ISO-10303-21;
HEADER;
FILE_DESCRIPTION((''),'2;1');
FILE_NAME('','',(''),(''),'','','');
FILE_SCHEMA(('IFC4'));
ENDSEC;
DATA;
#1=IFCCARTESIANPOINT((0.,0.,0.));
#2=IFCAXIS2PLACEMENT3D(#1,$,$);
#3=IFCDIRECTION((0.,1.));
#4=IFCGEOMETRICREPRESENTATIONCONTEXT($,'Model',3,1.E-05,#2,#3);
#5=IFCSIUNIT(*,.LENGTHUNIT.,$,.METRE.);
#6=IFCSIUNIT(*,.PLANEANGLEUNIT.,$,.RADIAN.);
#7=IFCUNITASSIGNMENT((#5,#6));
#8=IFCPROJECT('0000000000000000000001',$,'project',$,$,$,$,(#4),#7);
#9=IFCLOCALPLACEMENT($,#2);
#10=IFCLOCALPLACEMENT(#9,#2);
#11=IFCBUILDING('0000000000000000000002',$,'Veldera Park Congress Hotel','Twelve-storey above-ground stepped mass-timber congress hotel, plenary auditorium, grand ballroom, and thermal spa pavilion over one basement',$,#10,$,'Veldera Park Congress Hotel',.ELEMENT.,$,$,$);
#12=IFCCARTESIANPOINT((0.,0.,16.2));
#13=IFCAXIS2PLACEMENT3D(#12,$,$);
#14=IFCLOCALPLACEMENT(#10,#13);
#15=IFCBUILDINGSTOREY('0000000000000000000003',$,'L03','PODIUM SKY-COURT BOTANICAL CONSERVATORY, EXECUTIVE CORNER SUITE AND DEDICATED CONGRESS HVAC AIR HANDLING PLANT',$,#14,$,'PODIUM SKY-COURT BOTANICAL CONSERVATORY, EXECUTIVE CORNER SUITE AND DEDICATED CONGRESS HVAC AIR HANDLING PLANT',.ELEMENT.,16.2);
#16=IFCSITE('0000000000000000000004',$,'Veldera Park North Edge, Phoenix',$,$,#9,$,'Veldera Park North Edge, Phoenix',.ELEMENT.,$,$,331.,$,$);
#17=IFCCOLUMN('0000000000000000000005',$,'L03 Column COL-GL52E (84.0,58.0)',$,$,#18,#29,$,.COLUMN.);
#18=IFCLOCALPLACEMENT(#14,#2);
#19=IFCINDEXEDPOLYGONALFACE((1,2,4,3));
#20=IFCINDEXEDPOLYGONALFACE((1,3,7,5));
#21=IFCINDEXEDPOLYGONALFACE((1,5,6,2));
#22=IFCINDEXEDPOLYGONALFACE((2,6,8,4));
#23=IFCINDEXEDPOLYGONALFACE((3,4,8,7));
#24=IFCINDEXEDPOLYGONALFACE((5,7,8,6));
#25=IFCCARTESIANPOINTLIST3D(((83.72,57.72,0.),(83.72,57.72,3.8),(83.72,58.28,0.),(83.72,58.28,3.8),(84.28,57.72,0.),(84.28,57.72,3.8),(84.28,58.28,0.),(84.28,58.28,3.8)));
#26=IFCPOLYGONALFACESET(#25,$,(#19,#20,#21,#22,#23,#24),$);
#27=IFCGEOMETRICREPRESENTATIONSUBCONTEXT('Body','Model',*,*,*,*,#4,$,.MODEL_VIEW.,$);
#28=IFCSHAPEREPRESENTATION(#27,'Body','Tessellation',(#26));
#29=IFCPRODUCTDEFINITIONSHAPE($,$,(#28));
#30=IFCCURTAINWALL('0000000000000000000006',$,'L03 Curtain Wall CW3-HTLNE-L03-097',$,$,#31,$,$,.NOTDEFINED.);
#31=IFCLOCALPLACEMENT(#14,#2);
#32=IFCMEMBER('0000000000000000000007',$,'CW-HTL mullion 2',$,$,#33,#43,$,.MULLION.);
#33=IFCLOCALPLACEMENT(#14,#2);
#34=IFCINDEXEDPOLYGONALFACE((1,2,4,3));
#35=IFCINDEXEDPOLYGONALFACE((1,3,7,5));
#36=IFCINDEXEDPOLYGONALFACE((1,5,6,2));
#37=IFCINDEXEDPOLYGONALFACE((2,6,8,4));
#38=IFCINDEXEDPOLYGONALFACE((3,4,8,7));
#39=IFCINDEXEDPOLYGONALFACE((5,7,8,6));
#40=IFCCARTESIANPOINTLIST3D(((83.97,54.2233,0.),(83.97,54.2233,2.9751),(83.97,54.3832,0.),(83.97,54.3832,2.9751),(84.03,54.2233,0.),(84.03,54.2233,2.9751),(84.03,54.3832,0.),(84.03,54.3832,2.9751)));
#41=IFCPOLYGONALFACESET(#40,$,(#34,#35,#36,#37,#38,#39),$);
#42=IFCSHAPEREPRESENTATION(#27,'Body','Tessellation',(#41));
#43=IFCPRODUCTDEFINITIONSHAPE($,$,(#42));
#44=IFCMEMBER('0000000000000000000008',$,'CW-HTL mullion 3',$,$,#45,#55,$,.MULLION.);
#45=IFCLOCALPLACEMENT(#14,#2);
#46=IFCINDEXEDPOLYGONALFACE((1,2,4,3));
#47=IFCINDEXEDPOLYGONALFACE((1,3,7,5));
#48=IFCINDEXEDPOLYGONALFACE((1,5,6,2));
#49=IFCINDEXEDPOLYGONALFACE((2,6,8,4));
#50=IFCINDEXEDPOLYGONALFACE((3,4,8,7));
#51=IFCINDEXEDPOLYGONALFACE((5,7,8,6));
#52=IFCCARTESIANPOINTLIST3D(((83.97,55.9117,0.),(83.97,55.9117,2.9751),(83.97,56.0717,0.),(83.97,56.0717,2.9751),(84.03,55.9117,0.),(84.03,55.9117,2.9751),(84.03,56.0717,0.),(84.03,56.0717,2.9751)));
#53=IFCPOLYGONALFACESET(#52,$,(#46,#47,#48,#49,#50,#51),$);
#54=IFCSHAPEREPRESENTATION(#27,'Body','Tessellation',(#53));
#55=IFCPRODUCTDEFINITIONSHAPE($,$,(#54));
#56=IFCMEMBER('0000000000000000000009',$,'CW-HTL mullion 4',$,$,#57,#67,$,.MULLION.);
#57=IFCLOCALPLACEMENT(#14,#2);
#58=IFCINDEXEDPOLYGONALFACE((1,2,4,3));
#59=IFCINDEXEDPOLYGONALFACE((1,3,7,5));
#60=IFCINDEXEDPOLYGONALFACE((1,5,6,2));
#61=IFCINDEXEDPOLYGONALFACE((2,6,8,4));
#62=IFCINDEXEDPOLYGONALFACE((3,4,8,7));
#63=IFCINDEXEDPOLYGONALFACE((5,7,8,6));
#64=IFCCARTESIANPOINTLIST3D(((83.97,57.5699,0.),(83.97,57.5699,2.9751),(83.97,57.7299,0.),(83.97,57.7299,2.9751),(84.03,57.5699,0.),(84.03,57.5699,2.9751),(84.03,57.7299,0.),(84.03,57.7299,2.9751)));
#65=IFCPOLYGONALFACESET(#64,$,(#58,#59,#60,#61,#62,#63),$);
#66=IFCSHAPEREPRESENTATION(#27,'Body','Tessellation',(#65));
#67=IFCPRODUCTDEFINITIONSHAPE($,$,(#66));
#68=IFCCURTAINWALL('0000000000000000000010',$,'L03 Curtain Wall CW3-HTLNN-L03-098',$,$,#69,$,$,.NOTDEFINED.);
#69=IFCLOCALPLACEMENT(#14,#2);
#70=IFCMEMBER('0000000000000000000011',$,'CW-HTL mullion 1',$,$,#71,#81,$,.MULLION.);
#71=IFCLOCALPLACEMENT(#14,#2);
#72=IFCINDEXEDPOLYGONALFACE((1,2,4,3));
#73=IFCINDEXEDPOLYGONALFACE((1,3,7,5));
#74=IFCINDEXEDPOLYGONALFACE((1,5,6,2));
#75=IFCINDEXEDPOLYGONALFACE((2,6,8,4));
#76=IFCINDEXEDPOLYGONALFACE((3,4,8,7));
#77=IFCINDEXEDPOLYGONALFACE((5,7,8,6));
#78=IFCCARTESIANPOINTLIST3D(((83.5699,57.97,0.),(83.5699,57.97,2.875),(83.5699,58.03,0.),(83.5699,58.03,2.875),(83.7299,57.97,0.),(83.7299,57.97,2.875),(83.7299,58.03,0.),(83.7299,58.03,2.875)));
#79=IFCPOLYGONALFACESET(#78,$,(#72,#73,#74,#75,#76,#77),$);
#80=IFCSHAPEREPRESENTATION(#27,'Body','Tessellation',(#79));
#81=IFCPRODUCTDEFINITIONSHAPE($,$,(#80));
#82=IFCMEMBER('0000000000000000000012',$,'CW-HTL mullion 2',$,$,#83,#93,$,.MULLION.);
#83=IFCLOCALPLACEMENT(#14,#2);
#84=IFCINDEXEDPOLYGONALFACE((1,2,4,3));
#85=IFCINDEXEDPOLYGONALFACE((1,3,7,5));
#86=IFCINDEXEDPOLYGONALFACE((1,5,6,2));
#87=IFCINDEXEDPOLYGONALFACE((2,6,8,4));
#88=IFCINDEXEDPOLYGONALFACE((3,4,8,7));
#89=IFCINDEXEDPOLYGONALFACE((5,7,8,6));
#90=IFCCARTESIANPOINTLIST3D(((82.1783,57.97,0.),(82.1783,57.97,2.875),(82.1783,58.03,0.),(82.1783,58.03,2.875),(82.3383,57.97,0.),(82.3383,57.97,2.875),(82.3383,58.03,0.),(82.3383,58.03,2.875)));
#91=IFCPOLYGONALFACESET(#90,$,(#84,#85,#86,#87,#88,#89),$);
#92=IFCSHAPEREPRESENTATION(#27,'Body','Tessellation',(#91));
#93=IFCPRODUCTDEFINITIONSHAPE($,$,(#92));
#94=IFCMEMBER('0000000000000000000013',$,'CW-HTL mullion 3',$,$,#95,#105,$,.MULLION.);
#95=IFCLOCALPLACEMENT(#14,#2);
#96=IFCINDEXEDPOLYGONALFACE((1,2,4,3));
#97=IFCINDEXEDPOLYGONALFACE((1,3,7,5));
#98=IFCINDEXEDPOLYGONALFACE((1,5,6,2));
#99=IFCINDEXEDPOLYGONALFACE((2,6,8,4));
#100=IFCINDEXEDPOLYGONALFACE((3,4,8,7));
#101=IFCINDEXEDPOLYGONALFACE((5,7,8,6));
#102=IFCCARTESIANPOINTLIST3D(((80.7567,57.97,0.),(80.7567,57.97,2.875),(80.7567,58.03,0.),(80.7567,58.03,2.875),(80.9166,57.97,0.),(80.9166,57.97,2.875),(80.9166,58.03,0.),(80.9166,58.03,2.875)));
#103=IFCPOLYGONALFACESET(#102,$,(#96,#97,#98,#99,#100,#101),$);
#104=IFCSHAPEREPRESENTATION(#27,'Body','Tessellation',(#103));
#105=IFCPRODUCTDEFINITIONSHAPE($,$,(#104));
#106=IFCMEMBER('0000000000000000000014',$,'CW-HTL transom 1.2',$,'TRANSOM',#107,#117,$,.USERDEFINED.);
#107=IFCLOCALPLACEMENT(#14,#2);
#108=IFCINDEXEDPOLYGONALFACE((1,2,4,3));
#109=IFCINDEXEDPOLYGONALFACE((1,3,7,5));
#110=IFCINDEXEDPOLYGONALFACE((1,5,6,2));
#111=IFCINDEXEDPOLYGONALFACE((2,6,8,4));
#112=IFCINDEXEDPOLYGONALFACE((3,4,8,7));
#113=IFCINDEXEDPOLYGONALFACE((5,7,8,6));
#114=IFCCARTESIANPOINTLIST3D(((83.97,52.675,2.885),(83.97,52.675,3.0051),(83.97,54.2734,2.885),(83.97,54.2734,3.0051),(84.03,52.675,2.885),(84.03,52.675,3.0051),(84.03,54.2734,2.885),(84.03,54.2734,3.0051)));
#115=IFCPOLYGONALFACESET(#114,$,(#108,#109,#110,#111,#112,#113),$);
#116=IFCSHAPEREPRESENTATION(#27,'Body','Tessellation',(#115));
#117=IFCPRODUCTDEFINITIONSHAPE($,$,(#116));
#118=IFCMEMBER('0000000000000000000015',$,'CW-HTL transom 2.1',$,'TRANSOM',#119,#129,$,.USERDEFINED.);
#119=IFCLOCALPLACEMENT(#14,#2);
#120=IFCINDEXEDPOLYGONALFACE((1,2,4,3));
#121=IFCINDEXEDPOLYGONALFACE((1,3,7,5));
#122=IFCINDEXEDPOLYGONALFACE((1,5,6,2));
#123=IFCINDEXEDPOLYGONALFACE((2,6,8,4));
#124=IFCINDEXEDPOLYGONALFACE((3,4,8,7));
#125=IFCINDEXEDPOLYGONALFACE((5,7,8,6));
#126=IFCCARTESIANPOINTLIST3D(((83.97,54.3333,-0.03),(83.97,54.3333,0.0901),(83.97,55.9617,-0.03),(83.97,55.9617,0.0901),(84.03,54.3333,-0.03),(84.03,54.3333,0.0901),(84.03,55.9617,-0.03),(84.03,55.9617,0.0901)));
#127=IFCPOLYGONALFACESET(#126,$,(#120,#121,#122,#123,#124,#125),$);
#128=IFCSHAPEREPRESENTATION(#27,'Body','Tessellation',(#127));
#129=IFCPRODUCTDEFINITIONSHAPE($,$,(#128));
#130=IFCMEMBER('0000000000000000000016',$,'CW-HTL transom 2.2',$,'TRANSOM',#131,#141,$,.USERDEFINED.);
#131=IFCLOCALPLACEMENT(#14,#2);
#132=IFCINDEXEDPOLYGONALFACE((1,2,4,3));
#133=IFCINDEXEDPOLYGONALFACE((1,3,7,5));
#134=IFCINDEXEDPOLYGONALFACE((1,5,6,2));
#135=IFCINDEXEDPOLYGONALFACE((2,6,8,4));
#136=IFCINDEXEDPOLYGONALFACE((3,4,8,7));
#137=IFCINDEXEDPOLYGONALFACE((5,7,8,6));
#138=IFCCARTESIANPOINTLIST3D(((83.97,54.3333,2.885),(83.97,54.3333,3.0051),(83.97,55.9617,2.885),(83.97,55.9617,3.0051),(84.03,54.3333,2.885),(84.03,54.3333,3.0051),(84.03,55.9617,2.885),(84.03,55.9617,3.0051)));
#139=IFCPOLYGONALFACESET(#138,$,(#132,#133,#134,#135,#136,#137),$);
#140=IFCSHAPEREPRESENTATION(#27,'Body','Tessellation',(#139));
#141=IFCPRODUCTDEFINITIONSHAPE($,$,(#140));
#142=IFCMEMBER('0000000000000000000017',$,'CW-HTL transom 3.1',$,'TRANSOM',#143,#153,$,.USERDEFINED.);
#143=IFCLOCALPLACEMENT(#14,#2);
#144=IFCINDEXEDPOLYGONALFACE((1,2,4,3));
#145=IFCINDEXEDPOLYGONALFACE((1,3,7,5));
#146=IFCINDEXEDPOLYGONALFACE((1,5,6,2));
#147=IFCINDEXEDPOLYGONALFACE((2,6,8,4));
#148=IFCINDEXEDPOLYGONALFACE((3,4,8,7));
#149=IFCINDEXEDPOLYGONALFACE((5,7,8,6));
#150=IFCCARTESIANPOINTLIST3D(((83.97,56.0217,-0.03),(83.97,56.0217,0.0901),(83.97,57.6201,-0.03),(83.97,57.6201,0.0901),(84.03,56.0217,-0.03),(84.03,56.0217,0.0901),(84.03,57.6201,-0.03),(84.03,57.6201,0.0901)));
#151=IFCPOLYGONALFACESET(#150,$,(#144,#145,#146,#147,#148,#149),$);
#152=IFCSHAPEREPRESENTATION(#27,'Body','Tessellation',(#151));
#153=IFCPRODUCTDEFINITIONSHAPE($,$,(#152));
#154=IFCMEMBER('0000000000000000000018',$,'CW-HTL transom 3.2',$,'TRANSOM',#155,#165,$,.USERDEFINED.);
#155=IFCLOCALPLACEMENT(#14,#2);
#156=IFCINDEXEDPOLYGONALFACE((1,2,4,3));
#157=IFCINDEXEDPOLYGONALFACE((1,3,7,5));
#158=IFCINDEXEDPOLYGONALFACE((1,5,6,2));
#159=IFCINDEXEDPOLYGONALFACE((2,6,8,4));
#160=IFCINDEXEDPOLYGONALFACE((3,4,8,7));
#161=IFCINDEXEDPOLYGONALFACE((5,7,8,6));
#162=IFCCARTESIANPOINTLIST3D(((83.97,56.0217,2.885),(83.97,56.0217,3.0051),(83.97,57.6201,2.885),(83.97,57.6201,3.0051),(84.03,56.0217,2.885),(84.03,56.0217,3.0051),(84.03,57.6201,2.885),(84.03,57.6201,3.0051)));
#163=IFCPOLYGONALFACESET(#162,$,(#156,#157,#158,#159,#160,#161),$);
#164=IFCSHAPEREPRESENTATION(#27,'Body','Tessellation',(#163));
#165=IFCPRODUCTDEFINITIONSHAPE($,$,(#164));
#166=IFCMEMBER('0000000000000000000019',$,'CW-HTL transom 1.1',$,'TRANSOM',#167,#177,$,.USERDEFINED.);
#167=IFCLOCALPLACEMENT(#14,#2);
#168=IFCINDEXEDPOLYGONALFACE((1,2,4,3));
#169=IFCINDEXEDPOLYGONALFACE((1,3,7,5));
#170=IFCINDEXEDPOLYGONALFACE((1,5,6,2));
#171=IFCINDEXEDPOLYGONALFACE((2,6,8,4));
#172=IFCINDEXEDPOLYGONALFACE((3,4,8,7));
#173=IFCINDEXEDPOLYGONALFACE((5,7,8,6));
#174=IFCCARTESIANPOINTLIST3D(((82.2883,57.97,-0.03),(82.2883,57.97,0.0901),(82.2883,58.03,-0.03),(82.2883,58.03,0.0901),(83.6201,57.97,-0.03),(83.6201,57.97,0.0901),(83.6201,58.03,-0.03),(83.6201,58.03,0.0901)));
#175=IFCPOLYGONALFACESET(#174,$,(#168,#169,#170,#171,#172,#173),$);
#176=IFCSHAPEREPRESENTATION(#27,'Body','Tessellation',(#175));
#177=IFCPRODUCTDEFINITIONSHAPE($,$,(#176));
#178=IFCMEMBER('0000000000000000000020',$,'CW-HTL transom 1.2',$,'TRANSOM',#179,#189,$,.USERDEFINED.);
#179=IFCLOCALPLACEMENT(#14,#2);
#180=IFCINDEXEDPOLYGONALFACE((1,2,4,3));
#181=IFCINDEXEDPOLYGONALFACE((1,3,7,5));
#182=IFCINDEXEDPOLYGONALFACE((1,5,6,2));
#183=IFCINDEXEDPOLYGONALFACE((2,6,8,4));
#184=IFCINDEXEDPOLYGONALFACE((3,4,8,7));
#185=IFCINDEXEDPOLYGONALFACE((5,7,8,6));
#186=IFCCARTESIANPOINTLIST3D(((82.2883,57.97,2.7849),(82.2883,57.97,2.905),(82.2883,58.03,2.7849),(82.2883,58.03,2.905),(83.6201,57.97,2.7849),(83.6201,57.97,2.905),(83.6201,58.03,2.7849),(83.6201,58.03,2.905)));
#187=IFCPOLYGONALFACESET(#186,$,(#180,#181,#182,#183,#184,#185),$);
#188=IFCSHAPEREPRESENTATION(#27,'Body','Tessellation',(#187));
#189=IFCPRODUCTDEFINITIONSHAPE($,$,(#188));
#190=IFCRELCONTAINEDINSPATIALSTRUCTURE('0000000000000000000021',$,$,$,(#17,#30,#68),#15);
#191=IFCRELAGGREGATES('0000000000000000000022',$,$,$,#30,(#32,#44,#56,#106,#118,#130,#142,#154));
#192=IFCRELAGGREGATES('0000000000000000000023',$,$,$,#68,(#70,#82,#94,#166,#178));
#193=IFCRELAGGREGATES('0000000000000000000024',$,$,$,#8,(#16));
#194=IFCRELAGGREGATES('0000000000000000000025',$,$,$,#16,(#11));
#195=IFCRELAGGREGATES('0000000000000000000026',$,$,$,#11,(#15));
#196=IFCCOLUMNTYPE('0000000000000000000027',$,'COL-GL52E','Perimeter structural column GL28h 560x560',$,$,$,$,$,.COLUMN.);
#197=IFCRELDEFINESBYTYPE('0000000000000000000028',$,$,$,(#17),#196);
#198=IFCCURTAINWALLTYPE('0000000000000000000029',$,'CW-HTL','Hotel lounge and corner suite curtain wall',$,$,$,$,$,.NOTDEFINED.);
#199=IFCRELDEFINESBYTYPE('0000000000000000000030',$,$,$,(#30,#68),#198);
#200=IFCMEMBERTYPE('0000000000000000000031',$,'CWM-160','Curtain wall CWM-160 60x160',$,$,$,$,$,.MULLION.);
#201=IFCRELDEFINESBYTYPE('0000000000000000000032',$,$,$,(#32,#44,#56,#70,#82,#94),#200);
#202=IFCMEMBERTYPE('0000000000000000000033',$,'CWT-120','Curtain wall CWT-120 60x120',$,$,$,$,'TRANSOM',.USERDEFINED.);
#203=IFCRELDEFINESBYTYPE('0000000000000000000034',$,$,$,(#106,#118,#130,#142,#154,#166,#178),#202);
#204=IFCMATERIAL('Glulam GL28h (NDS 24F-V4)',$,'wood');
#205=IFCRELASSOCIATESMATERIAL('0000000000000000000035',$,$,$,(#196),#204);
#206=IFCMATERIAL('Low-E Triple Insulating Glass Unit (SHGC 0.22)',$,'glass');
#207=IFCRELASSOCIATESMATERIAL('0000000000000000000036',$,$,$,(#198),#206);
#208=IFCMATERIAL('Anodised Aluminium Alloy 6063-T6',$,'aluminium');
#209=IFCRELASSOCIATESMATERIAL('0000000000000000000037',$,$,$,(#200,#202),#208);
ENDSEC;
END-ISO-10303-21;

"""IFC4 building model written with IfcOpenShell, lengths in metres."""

from ifc_helpers import new_model, si_unit, direction, frame, origin, origin_2d, place, context, subcontext, project, spatial, rectangle, extrude, material, material_profile, profile_set, type_object, element, aggregate, save


model = new_model("IFC4")

# Units and contexts
model_context = context("Model", 3, precision=1e-05, world=origin(), true_north=direction((0.0, 1.0)))
body_context = subcontext(model_context, "Body", "Model", "MODEL_VIEW")
ifc_project = project(units=[si_unit("LENGTHUNIT", "METRE"), si_unit("PLANEANGLEUNIT", "RADIAN")], contexts=[model_context])

# Site, building, storey
site_placement = place(None, origin())
site = spatial("IfcSite", under=ifc_project, at=site_placement, Name="Veldera Park North Edge, Phoenix", LongName="Veldera Park North Edge, Phoenix", CompositionType="ELEMENT", RefElevation=331.0)
building_placement = place(site_placement, origin())
building = spatial("IfcBuilding", under=site, at=building_placement, Name="Veldera Park Congress Hotel", Description="Twelve-storey above-ground stepped mass-timber congress hotel, plenary auditorium, grand ballroom, and thermal spa pavilion over one basement", LongName="Veldera Park Congress Hotel", CompositionType="ELEMENT")
storey_placement = place(building_placement, frame((0.0, 0.0, 16.2)))
storey = spatial("IfcBuildingStorey", under=building, at=storey_placement, Name="L03", Description="PODIUM SKY-COURT BOTANICAL CONSERVATORY, EXECUTIVE CORNER SUITE AND DEDICATED CONGRESS HVAC AIR HANDLING PLANT", LongName="PODIUM SKY-COURT BOTANICAL CONSERVATORY, EXECUTIVE CORNER SUITE AND DEDICATED CONGRESS HVAC AIR HANDLING PLANT", CompositionType="ELEMENT", Elevation=16.2)

# Column
ifc_material_1 = material(Name="Glulam GL28h (NDS 24F-V4)", Category="wood")
ifc_material_profile_1 = material_profile(ifc_material_1, rectangle(XDim=0.5601, YDim=0.5601, at=origin_2d()), Name="GL28h 560x560")
ifc_profile_set_1 = profile_set([ifc_material_profile_1], Name="Glulam GL28h (NDS 24F-V4)")
column_type = type_object("IfcColumnType", Name="COL-GL52E", Description="Perimeter structural column GL28h 560x560", PredefinedType="COLUMN", material=ifc_profile_set_1)
column_placement = place(storey_placement, frame((84.0, 58.0, 0.0), z_axis=(0.0, 0.0, 1.0), x_axis=(1.0, 0.0, 0.0)))
element("IfcColumn", 1, at=column_placement, inside=storey, type_object=column_type, Name="L03 Column COL-GL52E (84.0,58.0)", PredefinedType="COLUMN", context=body_context, shape_type="SweptSolid", body=[
    extrude(rectangle(XDim=0.5601, YDim=0.5601, at=origin_2d()), origin(), (0.0, 0.0, 1.0), 3.8),
])

# Curtain walls, members
ifc_material_2 = material(Name="Low-E Triple Insulating Glass Unit (SHGC 0.22)", Category="glass")
curtain_wall_type = type_object("IfcCurtainWallType", Name="CW-HTL", Description="Hotel lounge and corner suite curtain wall", PredefinedType="NOTDEFINED", material=ifc_material_2)
curtain_wall_1_placement = place(storey_placement, origin())
curtain_wall_1 = element("IfcCurtainWall", 2, at=curtain_wall_1_placement, inside=storey, type_object=curtain_wall_type, Name="L03 Curtain Wall CW3-HTLNE-L03-097", PredefinedType="NOTDEFINED")
ifc_material_3 = material(Name="Anodised Aluminium Alloy 6063-T6", Category="aluminium")
ifc_material_profile_2 = material_profile(ifc_material_3, rectangle(XDim=0.0601, YDim=0.1599, at=origin_2d()), Name="ALU 60x160")
ifc_profile_set_2 = profile_set([ifc_material_profile_2], Name="Anodised Aluminium Alloy 6063-T6")
member_type_1 = type_object("IfcMemberType", Name="CWM-160", Description="Curtain wall CWM-160 60x160", PredefinedType="MULLION", material=ifc_profile_set_2)
member_1_placement = place(storey_placement, frame((84.0, 54.3032, 0.0), z_axis=(0.0, 0.0, 1.0), x_axis=(-1.0, 0.0, 0.0)))
member_1 = element("IfcMember", 3, at=member_1_placement, type_object=member_type_1, Name="CW-HTL mullion 2", PredefinedType="MULLION", context=body_context, shape_type="SweptSolid", body=[
    extrude(rectangle(XDim=0.0601, YDim=0.1599, at=origin_2d()), origin(), (0.0, 0.0, 1.0), 2.9751),
])
member_2_placement = place(storey_placement, frame((84.0, 55.9917, 0.0), z_axis=(0.0, 0.0, 1.0), x_axis=(-1.0, 0.0, 0.0)))
member_2 = element("IfcMember", 4, at=member_2_placement, type_object=member_type_1, Name="CW-HTL mullion 3", PredefinedType="MULLION", context=body_context, shape_type="SweptSolid", body=[
    extrude(rectangle(XDim=0.0601, YDim=0.1599, at=origin_2d()), origin(), (0.0, 0.0, 1.0), 2.9751),
])
member_3_placement = place(storey_placement, frame((84.0, 57.6499, 0.0), z_axis=(0.0, 0.0, 1.0), x_axis=(-1.0, 0.0, 0.0)))
member_3 = element("IfcMember", 5, at=member_3_placement, type_object=member_type_1, Name="CW-HTL mullion 4", PredefinedType="MULLION", context=body_context, shape_type="SweptSolid", body=[
    extrude(rectangle(XDim=0.0601, YDim=0.1599, at=origin_2d()), origin(), (0.0, 0.0, 1.0), 2.9751),
])
curtain_wall_2_placement = place(storey_placement, origin())
curtain_wall_2 = element("IfcCurtainWall", 6, at=curtain_wall_2_placement, inside=storey, type_object=curtain_wall_type, Name="L03 Curtain Wall CW3-HTLNN-L03-098", PredefinedType="NOTDEFINED")
member_4_placement = place(storey_placement, frame((83.6499, 58.0, 0.0), z_axis=(0.0, 0.0, 1.0), x_axis=(0.0, -1.0, 0.0)))
member_4 = element("IfcMember", 7, at=member_4_placement, type_object=member_type_1, Name="CW-HTL mullion 1", PredefinedType="MULLION", context=body_context, shape_type="SweptSolid", body=[
    extrude(rectangle(XDim=0.0601, YDim=0.1599, at=origin_2d()), origin(), (0.0, 0.0, 1.0), 2.875),
])
member_5_placement = place(storey_placement, frame((82.2583, 58.0, 0.0), z_axis=(0.0, 0.0, 1.0), x_axis=(0.0, -1.0, 0.0)))
member_5 = element("IfcMember", 8, at=member_5_placement, type_object=member_type_1, Name="CW-HTL mullion 2", PredefinedType="MULLION", context=body_context, shape_type="SweptSolid", body=[
    extrude(rectangle(XDim=0.0601, YDim=0.1599, at=origin_2d()), origin(), (0.0, 0.0, 1.0), 2.875),
])
member_6_placement = place(storey_placement, frame((80.8367, 58.0, 0.0), z_axis=(0.0, 0.0, 1.0), x_axis=(0.0, -1.0, 0.0)))
member_6 = element("IfcMember", 9, at=member_6_placement, type_object=member_type_1, Name="CW-HTL mullion 3", PredefinedType="MULLION", context=body_context, shape_type="SweptSolid", body=[
    extrude(rectangle(XDim=0.0601, YDim=0.1599, at=origin_2d()), origin(), (0.0, 0.0, 1.0), 2.875),
])

# Members
ifc_material_profile_3 = material_profile(ifc_material_3, rectangle(XDim=0.0601, YDim=0.1201, at=origin_2d()), Name="ALU 60x120")
ifc_profile_set_3 = profile_set([ifc_material_profile_3], Name="Anodised Aluminium Alloy 6063-T6")
member_type_2 = type_object("IfcMemberType", Name="CWT-120", Description="Curtain wall CWT-120 60x120", ElementType="TRANSOM", PredefinedType="USERDEFINED", material=ifc_profile_set_3)
member_7_placement = place(storey_placement, frame((84.0, 52.675, 2.9451), z_axis=(0.0, 1.0, 0.0), x_axis=(-1.0, 0.0, 0.0)))
member_7 = element("IfcMember", 10, at=member_7_placement, type_object=member_type_2, Name="CW-HTL transom 1.2", ObjectType="TRANSOM", PredefinedType="USERDEFINED", context=body_context, shape_type="SweptSolid", body=[
    extrude(rectangle(XDim=0.0601, YDim=0.1201, at=origin_2d()), origin(), (0.0, 0.0, 1.0), 1.5984),
])
member_8_placement = place(storey_placement, frame((84.0, 54.3333, 0.03), z_axis=(0.0, 1.0, 0.0), x_axis=(-1.0, 0.0, 0.0)))
member_8 = element("IfcMember", 11, at=member_8_placement, type_object=member_type_2, Name="CW-HTL transom 2.1", ObjectType="TRANSOM", PredefinedType="USERDEFINED", context=body_context, shape_type="SweptSolid", body=[
    extrude(rectangle(XDim=0.0601, YDim=0.1201, at=origin_2d()), origin(), (0.0, 0.0, 1.0), 1.6284),
])
member_9_placement = place(storey_placement, frame((84.0, 54.3333, 2.9451), z_axis=(0.0, 1.0, 0.0), x_axis=(-1.0, 0.0, 0.0)))
member_9 = element("IfcMember", 12, at=member_9_placement, type_object=member_type_2, Name="CW-HTL transom 2.2", ObjectType="TRANSOM", PredefinedType="USERDEFINED", context=body_context, shape_type="SweptSolid", body=[
    extrude(rectangle(XDim=0.0601, YDim=0.1201, at=origin_2d()), origin(), (0.0, 0.0, 1.0), 1.6284),
])
member_10_placement = place(storey_placement, frame((84.0, 56.0217, 0.03), z_axis=(0.0, 1.0, 0.0), x_axis=(-1.0, 0.0, 0.0)))
member_10 = element("IfcMember", 13, at=member_10_placement, type_object=member_type_2, Name="CW-HTL transom 3.1", ObjectType="TRANSOM", PredefinedType="USERDEFINED", context=body_context, shape_type="SweptSolid", body=[
    extrude(rectangle(XDim=0.0601, YDim=0.1201, at=origin_2d()), origin(), (0.0, 0.0, 1.0), 1.5984),
])
member_11_placement = place(storey_placement, frame((84.0, 56.0217, 2.9451), z_axis=(0.0, 1.0, 0.0), x_axis=(-1.0, 0.0, 0.0)))
member_11 = element("IfcMember", 14, at=member_11_placement, type_object=member_type_2, Name="CW-HTL transom 3.2", ObjectType="TRANSOM", PredefinedType="USERDEFINED", context=body_context, shape_type="SweptSolid", body=[
    extrude(rectangle(XDim=0.0601, YDim=0.1201, at=origin_2d()), origin(), (0.0, 0.0, 1.0), 1.5984),
])
member_12_placement = place(storey_placement, frame((83.6201, 58.0, 0.03), z_axis=(-1.0, 0.0, 0.0), x_axis=(0.0, -1.0, 0.0)))
member_12 = element("IfcMember", 15, at=member_12_placement, type_object=member_type_2, Name="CW-HTL transom 1.1", ObjectType="TRANSOM", PredefinedType="USERDEFINED", context=body_context, shape_type="SweptSolid", body=[
    extrude(rectangle(XDim=0.0601, YDim=0.1201, at=origin_2d()), origin(), (0.0, 0.0, 1.0), 1.3318),
])
member_13_placement = place(storey_placement, frame((83.6201, 58.0, 2.845), z_axis=(-1.0, 0.0, 0.0), x_axis=(0.0, -1.0, 0.0)))
member_13 = element("IfcMember", 16, at=member_13_placement, type_object=member_type_2, Name="CW-HTL transom 1.2", ObjectType="TRANSOM", PredefinedType="USERDEFINED", context=body_context, shape_type="SweptSolid", body=[
    extrude(rectangle(XDim=0.0601, YDim=0.1201, at=origin_2d()), origin(), (0.0, 0.0, 1.0), 1.3318),
])

aggregate(curtain_wall_1, [member_1, member_2, member_3, member_7, member_8, member_9, member_10, member_11])
aggregate(curtain_wall_2, [member_4, member_5, member_6, member_12, member_13])

save(model, "model.ifc")
